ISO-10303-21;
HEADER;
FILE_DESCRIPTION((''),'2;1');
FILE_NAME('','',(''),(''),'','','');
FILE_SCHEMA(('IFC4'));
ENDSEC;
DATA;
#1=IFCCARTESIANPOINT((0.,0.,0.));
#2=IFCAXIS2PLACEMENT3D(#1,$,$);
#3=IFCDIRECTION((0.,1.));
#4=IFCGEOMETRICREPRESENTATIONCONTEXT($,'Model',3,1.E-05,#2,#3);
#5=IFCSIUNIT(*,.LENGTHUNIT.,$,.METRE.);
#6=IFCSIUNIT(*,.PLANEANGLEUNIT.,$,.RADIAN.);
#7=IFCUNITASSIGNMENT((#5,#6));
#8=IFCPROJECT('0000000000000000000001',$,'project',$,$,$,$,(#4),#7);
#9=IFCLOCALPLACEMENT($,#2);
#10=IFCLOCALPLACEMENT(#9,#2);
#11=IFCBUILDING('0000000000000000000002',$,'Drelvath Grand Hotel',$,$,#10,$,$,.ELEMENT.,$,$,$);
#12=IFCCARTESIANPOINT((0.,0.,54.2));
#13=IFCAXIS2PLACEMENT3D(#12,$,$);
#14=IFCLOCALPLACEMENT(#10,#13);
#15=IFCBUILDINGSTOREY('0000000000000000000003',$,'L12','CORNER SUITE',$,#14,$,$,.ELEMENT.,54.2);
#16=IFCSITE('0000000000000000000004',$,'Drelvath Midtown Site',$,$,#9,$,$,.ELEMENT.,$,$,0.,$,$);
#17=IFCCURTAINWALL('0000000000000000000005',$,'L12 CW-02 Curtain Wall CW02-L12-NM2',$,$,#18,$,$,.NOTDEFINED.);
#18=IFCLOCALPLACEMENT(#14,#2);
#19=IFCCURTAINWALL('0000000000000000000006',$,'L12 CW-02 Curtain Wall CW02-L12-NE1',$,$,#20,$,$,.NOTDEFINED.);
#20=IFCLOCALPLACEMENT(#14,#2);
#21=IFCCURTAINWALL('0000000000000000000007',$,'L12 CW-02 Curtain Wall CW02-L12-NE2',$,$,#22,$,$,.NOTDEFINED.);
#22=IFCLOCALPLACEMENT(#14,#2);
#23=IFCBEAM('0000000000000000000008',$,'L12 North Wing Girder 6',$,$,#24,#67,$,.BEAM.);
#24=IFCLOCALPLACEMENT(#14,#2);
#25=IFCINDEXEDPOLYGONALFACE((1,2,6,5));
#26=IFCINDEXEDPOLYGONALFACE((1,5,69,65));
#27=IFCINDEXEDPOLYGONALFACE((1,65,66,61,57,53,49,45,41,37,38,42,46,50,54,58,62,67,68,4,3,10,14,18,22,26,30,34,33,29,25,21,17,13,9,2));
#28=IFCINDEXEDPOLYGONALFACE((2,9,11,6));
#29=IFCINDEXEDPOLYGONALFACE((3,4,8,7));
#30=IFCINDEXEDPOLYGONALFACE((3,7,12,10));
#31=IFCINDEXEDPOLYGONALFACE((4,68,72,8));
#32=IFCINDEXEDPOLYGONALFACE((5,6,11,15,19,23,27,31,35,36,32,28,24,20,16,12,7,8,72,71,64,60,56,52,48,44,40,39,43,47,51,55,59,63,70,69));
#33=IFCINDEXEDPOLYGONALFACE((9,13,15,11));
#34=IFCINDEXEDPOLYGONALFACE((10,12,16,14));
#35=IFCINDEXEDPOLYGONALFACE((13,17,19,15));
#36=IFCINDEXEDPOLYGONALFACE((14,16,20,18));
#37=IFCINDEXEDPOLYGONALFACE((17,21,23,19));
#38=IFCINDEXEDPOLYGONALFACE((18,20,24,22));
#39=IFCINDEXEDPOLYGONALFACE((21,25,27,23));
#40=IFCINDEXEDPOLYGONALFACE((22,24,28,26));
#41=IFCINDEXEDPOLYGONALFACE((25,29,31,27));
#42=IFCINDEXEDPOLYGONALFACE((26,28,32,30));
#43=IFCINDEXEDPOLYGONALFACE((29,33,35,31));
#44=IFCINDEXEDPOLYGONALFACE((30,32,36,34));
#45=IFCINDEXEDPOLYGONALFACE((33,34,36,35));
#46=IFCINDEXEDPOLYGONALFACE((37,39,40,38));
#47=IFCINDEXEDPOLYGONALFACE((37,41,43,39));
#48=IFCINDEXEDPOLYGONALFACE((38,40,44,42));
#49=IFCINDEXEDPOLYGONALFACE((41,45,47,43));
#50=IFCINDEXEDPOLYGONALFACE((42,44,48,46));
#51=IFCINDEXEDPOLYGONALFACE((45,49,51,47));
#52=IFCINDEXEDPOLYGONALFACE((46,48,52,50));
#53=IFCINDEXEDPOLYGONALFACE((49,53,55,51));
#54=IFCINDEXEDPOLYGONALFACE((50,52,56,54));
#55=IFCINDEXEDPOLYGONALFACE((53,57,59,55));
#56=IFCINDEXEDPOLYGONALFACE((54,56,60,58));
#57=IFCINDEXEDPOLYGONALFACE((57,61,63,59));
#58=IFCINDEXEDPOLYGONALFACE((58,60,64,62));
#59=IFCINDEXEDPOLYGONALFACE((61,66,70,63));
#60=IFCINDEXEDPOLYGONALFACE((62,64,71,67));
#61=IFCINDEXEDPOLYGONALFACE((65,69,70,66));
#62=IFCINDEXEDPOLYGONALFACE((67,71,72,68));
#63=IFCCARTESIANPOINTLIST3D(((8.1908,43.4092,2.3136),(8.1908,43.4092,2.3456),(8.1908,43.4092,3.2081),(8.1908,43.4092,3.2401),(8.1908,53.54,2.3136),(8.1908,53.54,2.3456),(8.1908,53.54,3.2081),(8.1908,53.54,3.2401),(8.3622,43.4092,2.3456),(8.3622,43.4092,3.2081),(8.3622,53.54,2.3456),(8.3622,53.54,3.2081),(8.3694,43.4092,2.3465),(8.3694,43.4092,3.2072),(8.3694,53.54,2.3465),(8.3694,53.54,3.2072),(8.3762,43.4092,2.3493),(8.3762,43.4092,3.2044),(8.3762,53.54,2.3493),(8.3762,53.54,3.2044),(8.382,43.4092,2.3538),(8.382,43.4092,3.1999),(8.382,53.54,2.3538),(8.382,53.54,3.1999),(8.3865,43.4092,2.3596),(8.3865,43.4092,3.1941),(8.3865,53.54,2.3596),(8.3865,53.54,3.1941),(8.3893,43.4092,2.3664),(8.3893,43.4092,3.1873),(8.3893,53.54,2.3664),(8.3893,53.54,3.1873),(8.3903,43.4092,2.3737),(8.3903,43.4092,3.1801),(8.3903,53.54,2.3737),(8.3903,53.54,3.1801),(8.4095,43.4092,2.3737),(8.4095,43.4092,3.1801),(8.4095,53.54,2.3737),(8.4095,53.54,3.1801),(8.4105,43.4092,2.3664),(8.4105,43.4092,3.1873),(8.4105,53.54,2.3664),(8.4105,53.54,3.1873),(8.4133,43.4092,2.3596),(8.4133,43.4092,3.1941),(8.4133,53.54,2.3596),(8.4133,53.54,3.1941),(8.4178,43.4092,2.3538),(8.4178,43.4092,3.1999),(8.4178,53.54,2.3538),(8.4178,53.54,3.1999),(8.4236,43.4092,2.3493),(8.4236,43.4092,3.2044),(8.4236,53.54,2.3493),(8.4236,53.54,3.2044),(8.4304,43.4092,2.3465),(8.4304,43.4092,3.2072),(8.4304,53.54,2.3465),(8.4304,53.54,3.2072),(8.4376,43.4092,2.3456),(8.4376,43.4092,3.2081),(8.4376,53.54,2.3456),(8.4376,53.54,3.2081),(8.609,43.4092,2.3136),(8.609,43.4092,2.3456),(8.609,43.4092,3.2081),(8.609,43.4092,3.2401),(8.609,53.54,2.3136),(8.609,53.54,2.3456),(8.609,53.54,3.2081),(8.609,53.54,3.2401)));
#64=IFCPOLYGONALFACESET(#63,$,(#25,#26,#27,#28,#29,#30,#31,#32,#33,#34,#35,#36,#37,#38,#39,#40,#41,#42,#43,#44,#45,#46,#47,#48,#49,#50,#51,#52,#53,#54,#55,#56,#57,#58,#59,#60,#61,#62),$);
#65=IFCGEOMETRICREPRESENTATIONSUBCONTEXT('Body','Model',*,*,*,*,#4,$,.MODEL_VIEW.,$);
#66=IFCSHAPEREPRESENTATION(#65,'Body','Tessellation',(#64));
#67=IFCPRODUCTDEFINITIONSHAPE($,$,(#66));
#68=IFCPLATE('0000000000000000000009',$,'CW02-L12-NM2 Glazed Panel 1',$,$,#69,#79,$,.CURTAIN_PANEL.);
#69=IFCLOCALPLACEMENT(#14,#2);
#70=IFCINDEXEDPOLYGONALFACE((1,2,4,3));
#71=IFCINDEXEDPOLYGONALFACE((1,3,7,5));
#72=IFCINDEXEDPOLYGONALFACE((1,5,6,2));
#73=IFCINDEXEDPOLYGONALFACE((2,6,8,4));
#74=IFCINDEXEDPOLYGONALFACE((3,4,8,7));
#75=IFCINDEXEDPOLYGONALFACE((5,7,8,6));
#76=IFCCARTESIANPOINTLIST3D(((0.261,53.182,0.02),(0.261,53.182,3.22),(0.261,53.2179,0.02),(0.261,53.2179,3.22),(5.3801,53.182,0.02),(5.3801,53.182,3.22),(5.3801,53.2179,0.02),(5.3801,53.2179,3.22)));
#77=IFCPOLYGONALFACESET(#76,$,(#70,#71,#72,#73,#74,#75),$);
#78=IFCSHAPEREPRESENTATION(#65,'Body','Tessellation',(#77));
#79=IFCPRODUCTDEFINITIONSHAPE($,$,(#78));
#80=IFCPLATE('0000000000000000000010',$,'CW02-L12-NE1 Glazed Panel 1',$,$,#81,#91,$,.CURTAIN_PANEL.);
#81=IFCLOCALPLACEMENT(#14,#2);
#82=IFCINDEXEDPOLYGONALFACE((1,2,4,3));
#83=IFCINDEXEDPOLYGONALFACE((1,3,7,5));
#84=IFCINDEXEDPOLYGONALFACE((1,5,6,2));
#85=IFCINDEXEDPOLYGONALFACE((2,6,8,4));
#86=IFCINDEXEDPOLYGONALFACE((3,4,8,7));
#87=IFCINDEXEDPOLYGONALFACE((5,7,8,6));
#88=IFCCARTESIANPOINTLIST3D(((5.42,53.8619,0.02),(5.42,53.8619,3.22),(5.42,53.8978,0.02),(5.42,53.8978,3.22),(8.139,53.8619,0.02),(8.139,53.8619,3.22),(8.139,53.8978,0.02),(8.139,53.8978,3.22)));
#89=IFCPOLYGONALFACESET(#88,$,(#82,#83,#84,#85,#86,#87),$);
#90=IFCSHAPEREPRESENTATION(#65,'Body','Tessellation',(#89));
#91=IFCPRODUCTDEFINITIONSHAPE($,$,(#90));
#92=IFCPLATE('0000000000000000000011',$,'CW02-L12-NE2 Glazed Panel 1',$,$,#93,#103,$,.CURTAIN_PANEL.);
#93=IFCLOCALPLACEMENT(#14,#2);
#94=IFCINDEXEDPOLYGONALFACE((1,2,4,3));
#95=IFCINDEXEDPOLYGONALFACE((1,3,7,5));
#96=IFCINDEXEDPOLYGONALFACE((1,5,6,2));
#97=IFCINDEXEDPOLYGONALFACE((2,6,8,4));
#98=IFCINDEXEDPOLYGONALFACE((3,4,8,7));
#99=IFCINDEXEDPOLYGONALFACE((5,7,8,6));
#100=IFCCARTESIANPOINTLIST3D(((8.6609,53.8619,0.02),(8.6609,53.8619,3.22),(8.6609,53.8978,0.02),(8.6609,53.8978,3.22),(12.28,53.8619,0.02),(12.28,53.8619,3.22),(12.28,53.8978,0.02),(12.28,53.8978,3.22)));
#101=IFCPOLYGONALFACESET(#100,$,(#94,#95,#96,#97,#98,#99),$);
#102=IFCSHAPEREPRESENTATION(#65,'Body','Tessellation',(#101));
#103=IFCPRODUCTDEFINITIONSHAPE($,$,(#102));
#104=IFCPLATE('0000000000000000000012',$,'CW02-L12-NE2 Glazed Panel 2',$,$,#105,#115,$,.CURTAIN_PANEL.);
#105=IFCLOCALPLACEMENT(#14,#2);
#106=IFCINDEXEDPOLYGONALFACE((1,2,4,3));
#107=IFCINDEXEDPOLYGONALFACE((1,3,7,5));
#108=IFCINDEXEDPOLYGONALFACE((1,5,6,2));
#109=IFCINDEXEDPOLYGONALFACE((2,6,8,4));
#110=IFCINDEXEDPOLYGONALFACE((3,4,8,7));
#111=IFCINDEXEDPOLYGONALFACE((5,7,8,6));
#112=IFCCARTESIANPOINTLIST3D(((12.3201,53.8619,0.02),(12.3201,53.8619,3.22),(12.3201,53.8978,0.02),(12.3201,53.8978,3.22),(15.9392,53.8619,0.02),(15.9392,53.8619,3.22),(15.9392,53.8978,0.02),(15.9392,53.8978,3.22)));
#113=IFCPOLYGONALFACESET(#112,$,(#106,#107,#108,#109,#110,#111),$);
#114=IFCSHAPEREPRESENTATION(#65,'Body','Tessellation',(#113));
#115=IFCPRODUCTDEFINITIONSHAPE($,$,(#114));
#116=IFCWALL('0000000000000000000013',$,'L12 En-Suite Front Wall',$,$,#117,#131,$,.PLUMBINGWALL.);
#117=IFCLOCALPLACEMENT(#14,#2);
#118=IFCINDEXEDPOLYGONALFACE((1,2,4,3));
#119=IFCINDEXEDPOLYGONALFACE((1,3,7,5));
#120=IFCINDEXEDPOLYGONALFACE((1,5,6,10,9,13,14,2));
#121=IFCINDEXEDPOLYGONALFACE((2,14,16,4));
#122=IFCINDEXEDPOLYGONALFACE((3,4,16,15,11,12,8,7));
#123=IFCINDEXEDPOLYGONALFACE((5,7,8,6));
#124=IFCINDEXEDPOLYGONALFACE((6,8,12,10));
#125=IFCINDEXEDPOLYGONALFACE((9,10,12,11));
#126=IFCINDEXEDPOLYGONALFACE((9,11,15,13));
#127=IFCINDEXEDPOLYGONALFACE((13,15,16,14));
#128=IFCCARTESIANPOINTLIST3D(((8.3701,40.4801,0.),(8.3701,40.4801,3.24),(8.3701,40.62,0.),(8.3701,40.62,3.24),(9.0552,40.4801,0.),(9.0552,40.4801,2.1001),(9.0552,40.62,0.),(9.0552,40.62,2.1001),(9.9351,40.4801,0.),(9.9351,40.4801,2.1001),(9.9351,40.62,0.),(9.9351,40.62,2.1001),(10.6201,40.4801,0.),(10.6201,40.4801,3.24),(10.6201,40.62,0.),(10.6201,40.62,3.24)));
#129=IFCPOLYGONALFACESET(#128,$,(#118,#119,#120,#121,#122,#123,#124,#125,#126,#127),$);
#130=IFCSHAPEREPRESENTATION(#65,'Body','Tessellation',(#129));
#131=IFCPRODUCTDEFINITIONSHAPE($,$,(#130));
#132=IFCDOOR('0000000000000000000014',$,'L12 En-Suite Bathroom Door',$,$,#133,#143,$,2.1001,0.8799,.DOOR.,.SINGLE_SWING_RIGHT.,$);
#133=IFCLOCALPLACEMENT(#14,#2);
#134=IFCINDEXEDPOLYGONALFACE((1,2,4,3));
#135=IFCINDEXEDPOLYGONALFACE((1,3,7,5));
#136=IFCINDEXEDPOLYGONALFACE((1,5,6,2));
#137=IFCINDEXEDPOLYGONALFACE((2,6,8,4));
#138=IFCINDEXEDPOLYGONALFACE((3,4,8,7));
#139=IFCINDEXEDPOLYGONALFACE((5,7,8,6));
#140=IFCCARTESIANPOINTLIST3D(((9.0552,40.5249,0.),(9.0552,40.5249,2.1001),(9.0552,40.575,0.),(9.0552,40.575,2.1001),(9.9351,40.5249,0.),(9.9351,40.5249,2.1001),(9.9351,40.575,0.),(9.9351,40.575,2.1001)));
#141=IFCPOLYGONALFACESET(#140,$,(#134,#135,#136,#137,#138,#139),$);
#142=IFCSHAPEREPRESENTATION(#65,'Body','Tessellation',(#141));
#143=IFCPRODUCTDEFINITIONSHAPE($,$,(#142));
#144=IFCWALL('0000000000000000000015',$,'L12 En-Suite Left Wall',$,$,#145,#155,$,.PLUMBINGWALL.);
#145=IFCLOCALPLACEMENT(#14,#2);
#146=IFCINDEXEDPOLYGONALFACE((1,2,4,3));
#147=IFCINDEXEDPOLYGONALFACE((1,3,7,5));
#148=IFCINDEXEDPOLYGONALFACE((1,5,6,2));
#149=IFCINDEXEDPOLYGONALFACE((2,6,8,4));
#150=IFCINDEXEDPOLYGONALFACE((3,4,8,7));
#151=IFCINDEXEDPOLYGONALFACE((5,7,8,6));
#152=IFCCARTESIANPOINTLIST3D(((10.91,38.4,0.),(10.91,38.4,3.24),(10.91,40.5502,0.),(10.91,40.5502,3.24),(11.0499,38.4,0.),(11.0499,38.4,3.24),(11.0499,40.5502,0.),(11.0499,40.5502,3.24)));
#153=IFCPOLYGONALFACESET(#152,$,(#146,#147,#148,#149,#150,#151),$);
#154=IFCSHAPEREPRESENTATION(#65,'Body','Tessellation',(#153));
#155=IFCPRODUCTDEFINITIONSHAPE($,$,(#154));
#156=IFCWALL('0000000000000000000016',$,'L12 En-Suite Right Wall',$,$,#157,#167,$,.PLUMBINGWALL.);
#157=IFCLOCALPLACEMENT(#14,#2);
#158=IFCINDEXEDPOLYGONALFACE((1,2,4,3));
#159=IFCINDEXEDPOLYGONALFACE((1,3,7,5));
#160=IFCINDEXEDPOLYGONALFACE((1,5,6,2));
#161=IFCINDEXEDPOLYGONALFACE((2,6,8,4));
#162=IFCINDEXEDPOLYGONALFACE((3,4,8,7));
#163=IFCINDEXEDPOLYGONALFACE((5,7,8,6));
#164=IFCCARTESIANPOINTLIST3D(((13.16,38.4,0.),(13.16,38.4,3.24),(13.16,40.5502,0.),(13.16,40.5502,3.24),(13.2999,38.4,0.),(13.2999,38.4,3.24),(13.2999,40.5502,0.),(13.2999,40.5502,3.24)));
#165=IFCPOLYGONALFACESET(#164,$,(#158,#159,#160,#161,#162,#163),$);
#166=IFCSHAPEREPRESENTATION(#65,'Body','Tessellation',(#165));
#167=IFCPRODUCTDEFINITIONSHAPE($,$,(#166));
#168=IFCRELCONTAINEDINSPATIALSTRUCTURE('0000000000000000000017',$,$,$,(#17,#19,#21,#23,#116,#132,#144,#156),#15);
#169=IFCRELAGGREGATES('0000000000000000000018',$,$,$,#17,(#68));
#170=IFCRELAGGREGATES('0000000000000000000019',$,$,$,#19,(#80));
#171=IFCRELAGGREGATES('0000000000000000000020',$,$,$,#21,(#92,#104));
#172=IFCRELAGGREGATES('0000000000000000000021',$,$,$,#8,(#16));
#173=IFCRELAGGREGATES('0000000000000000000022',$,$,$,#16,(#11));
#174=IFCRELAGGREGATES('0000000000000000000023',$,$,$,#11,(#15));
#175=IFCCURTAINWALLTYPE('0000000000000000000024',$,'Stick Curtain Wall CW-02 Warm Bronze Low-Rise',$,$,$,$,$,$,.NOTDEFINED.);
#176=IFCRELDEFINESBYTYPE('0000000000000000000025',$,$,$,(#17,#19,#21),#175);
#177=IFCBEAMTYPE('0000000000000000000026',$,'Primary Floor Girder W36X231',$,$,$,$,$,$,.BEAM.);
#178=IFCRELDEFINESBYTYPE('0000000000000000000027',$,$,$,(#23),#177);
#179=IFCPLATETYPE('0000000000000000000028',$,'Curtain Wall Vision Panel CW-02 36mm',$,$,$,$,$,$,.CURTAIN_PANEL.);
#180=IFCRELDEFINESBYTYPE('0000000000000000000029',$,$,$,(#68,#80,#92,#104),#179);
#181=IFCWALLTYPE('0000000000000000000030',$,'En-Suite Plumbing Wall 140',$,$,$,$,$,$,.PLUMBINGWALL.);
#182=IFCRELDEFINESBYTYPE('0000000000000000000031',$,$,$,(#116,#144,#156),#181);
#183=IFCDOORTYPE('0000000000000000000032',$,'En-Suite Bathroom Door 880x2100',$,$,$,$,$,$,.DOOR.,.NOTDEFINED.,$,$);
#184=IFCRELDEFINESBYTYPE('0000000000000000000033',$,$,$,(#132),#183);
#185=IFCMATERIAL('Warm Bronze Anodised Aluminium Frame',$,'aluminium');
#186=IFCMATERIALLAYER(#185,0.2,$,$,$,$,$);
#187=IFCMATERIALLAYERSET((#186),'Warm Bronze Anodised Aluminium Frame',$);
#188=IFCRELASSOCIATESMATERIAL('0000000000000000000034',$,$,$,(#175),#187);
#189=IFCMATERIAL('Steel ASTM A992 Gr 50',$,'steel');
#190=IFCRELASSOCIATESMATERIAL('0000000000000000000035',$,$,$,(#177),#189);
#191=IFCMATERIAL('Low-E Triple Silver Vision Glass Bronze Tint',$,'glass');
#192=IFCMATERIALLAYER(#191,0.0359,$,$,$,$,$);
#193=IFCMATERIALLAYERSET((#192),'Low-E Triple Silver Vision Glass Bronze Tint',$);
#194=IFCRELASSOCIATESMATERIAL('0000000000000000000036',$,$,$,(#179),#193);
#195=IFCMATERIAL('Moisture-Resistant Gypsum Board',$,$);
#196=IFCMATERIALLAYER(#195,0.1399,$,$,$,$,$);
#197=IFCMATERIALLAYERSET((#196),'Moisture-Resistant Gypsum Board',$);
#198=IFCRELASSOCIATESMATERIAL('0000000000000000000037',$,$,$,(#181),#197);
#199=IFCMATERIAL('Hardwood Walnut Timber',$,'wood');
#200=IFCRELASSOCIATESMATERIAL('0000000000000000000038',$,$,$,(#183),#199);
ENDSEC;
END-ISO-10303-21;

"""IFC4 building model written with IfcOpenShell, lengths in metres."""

from ifc_helpers import new_model, si_unit, direction, frame, frame_2d, origin, origin_2d, place, context, subcontext, project, spatial, rectangle, i_section, extrude, material, layer, layer_set, material_profile, profile_set, type_object, element, fill, aggregate, save


model = new_model("IFC4")

# Units and contexts
model_context = context("Model", 3, precision=1e-05, world=origin(), true_north=direction((0.0, 1.0)))
body_context = subcontext(model_context, "Body", "Model", "MODEL_VIEW")
ifc_project = project(units=[si_unit("LENGTHUNIT", "METRE"), si_unit("PLANEANGLEUNIT", "RADIAN")], contexts=[model_context])

# Site, building, storey
site_placement = place(None, origin())
site = spatial("IfcSite", under=ifc_project, at=site_placement, Name="Drelvath Midtown Site", CompositionType="ELEMENT", RefElevation=0.0)
building_placement = place(site_placement, origin())
building = spatial("IfcBuilding", under=site, at=building_placement, Name="Drelvath Grand Hotel", CompositionType="ELEMENT")
storey_placement = place(building_placement, frame((0.0, 0.0, 54.2)))
storey = spatial("IfcBuildingStorey", under=building, at=storey_placement, Name="L12", Description="CORNER SUITE", CompositionType="ELEMENT", Elevation=54.2)

# Curtain walls
ifc_material_1 = material(Name="Warm Bronze Anodised Aluminium Frame", Category="aluminium")
ifc_layer_1 = layer(ifc_material_1, 0.2)
ifc_layer_set_1 = layer_set([ifc_layer_1], Name="Warm Bronze Anodised Aluminium Frame")
curtain_wall_type = type_object("IfcCurtainWallType", Name="Stick Curtain Wall CW-02 Warm Bronze Low-Rise", PredefinedType="NOTDEFINED", material=ifc_layer_set_1)
curtain_wall_1_placement = place(storey_placement, origin())
curtain_wall_1 = element("IfcCurtainWall", 1, at=curtain_wall_1_placement, inside=storey, type_object=curtain_wall_type, Name="L12 CW-02 Curtain Wall CW02-L12-NM2", PredefinedType="NOTDEFINED")
curtain_wall_2_placement = place(storey_placement, origin())
curtain_wall_2 = element("IfcCurtainWall", 2, at=curtain_wall_2_placement, inside=storey, type_object=curtain_wall_type, Name="L12 CW-02 Curtain Wall CW02-L12-NE1", PredefinedType="NOTDEFINED")
curtain_wall_3_placement = place(storey_placement, origin())
curtain_wall_3 = element("IfcCurtainWall", 3, at=curtain_wall_3_placement, inside=storey, type_object=curtain_wall_type, Name="L12 CW-02 Curtain Wall CW02-L12-NE2", PredefinedType="NOTDEFINED")

# Beam
ifc_material_2 = material(Name="Steel ASTM A992 Gr 50", Category="steel")
ifc_material_profile_1 = material_profile(ifc_material_2, i_section(OverallWidth=0.4182, OverallDepth=0.9265, WebThickness=0.0193, FlangeThickness=0.032, FilletRadius=0.0281, at=origin_2d()), Name="W36X231")
ifc_profile_set_1 = profile_set([ifc_material_profile_1], Name="Steel ASTM A992 Gr 50")
beam_type_1 = type_object("IfcBeamType", Name="Primary Floor Girder W36X231", PredefinedType="BEAM", material=ifc_profile_set_1)
beam_1_placement = place(storey_placement, frame((8.3999, 43.4092, 2.7769), z_axis=(0.0, 1.0, 0.0), x_axis=(-1.0, 0.0, 0.0)))
element("IfcBeam", 4, at=beam_1_placement, inside=storey, type_object=beam_type_1, Name="L12 North Wing Girder 6", PredefinedType="BEAM", context=body_context, shape_type="SweptSolid", body=[
    extrude(i_section(OverallWidth=0.4182, OverallDepth=0.9265, WebThickness=0.0193, FlangeThickness=0.032, FilletRadius=0.0281, at=origin_2d()), origin(), (0.0, 0.0, 1.0), 10.1309),
])

# Plates
ifc_material_3 = material(Name="Low-E Triple Silver Vision Glass Bronze Tint", Category="glass")
ifc_layer_2 = layer(ifc_material_3, 0.0359)
ifc_layer_set_2 = layer_set([ifc_layer_2], Name="Low-E Triple Silver Vision Glass Bronze Tint")
plate_type = type_object("IfcPlateType", Name="Curtain Wall Vision Panel CW-02 36mm", PredefinedType="CURTAIN_PANEL", material=ifc_layer_set_2)
plate_1_placement = place(storey_placement, frame((2.8206, 53.2, 0.02), z_axis=(0.0, 0.0, 1.0), x_axis=(1.0, 0.0, 0.0)))
plate_1 = element("IfcPlate", 5, at=plate_1_placement, type_object=plate_type, Name="CW02-L12-NM2 Glazed Panel 1", PredefinedType="CURTAIN_PANEL", context=body_context, shape_type="SweptSolid", body=[
    extrude(rectangle(XDim=5.1191, YDim=0.0359, at=origin_2d()), origin(), (0.0, 0.0, 1.0), 3.2),
])
aggregate(curtain_wall_1, [plate_1])
plate_2_placement = place(storey_placement, frame((6.7795, 53.8799, 0.02), z_axis=(0.0, 0.0, 1.0), x_axis=(1.0, 0.0, 0.0)))
plate_2 = element("IfcPlate", 6, at=plate_2_placement, type_object=plate_type, Name="CW02-L12-NE1 Glazed Panel 1", PredefinedType="CURTAIN_PANEL", context=body_context, shape_type="SweptSolid", body=[
    extrude(rectangle(XDim=2.719, YDim=0.0359, at=origin_2d()), origin(), (0.0, 0.0, 1.0), 3.2),
])
aggregate(curtain_wall_2, [plate_2])
plate_3_placement = place(storey_placement, frame((10.4705, 53.8799, 0.02), z_axis=(0.0, 0.0, 1.0), x_axis=(1.0, 0.0, 0.0)))
plate_3 = element("IfcPlate", 7, at=plate_3_placement, type_object=plate_type, Name="CW02-L12-NE2 Glazed Panel 1", PredefinedType="CURTAIN_PANEL", context=body_context, shape_type="SweptSolid", body=[
    extrude(rectangle(XDim=3.6191, YDim=0.0359, at=origin_2d()), origin(), (0.0, 0.0, 1.0), 3.2),
])
plate_4_placement = place(storey_placement, frame((14.1296, 53.8799, 0.02), z_axis=(0.0, 0.0, 1.0), x_axis=(1.0, 0.0, 0.0)))
plate_4 = element("IfcPlate", 8, at=plate_4_placement, type_object=plate_type, Name="CW02-L12-NE2 Glazed Panel 2", PredefinedType="CURTAIN_PANEL", context=body_context, shape_type="SweptSolid", body=[
    extrude(rectangle(XDim=3.6191, YDim=0.0359, at=origin_2d()), origin(), (0.0, 0.0, 1.0), 3.2),
])
aggregate(curtain_wall_3, [plate_3, plate_4])

# Wall, opening, door
ifc_material_4 = material(Name="Moisture-Resistant Gypsum Board")
ifc_layer_3 = layer(ifc_material_4, 0.1399)
ifc_layer_set_3 = layer_set([ifc_layer_3], Name="Moisture-Resistant Gypsum Board")
wall_type_1 = type_object("IfcWallType", Name="En-Suite Plumbing Wall 140", PredefinedType="PLUMBINGWALL", material=ifc_layer_set_3)
wall_1_placement = place(storey_placement, frame((8.3701, 40.55, 0.0), z_axis=(0.0, 0.0, 1.0), x_axis=(1.0, 0.0, 0.0)))
wall_1 = element("IfcWall", 9, at=wall_1_placement, inside=storey, type_object=wall_type_1, Name="L12 En-Suite Front Wall", PredefinedType="PLUMBINGWALL", context=body_context, shape_type="SweptSolid", body=[
    extrude(rectangle(XDim=2.25, YDim=0.1399, at=frame_2d((1.125, 0.0))), origin(), (0.0, 0.0, 1.0), 3.24),
])
opening_1_placement = place(wall_1_placement, frame((0.6851, 0.0, 0.0)))
opening_1 = element("IfcOpeningElement", 10, at=opening_1_placement, cuts=wall_1, PredefinedType="OPENING", context=body_context, shape_type="SweptSolid", body=[
    extrude(rectangle(XDim=0.8799, YDim=2.1001, at=frame_2d((0.4399, 1.05))), frame((0.0, 0.0798, 0.0), z_axis=(0.0, -1.0, 0.0), x_axis=(1.0, 0.0, 0.0)), (0.0, 0.0, 1.0), 0.1599),
])
ifc_material_5 = material(Name="Hardwood Walnut Timber", Category="wood")
door_type = type_object("IfcDoorType", Name="En-Suite Bathroom Door 880x2100", OperationType="NOTDEFINED", PredefinedType="DOOR", material=ifc_material_5)
door_1_placement = place(opening_1_placement, origin())
door_1 = element("IfcDoor", 11, at=door_1_placement, inside=storey, type_object=door_type, Name="L12 En-Suite Bathroom Door", OperationType="SINGLE_SWING_RIGHT", OverallHeight=2.1001, OverallWidth=0.8799, PredefinedType="DOOR", context=body_context, shape_type="SweptSolid", body=[
    extrude(rectangle(XDim=0.8799, YDim=2.1001, at=frame_2d((0.4399, 1.05))), frame((0.0, 0.0249, 0.0), z_axis=(0.0, -1.0, 0.0), x_axis=(1.0, 0.0, 0.0)), (0.0, 0.0, 1.0), 0.05),
])
fill(opening_1, door_1)

# Walls
for number, where, z_axis, x_axis, name in (
    (12, (10.98, 38.3999, 0.0), (0.0, 0.0, 1.0), (0.0, 1.0, 0.0), "L12 En-Suite Left Wall"),
    (13, (13.23, 38.3999, 0.0), (0.0, 0.0, 1.0), (0.0, 1.0, 0.0), "L12 En-Suite Right Wall"),
):
    element("IfcWall", number, at=place(storey_placement, frame(where, z_axis=z_axis, x_axis=x_axis)), inside=storey, type_object=wall_type_1, Name=name, PredefinedType="PLUMBINGWALL", context=body_context, shape_type="SweptSolid", body=[
        extrude(rectangle(XDim=2.1501, YDim=0.1399, at=frame_2d((1.0752, 0.0))), origin(), (0.0, 0.0, 1.0), 3.24),
    ])

save(model, "model.ifc")
